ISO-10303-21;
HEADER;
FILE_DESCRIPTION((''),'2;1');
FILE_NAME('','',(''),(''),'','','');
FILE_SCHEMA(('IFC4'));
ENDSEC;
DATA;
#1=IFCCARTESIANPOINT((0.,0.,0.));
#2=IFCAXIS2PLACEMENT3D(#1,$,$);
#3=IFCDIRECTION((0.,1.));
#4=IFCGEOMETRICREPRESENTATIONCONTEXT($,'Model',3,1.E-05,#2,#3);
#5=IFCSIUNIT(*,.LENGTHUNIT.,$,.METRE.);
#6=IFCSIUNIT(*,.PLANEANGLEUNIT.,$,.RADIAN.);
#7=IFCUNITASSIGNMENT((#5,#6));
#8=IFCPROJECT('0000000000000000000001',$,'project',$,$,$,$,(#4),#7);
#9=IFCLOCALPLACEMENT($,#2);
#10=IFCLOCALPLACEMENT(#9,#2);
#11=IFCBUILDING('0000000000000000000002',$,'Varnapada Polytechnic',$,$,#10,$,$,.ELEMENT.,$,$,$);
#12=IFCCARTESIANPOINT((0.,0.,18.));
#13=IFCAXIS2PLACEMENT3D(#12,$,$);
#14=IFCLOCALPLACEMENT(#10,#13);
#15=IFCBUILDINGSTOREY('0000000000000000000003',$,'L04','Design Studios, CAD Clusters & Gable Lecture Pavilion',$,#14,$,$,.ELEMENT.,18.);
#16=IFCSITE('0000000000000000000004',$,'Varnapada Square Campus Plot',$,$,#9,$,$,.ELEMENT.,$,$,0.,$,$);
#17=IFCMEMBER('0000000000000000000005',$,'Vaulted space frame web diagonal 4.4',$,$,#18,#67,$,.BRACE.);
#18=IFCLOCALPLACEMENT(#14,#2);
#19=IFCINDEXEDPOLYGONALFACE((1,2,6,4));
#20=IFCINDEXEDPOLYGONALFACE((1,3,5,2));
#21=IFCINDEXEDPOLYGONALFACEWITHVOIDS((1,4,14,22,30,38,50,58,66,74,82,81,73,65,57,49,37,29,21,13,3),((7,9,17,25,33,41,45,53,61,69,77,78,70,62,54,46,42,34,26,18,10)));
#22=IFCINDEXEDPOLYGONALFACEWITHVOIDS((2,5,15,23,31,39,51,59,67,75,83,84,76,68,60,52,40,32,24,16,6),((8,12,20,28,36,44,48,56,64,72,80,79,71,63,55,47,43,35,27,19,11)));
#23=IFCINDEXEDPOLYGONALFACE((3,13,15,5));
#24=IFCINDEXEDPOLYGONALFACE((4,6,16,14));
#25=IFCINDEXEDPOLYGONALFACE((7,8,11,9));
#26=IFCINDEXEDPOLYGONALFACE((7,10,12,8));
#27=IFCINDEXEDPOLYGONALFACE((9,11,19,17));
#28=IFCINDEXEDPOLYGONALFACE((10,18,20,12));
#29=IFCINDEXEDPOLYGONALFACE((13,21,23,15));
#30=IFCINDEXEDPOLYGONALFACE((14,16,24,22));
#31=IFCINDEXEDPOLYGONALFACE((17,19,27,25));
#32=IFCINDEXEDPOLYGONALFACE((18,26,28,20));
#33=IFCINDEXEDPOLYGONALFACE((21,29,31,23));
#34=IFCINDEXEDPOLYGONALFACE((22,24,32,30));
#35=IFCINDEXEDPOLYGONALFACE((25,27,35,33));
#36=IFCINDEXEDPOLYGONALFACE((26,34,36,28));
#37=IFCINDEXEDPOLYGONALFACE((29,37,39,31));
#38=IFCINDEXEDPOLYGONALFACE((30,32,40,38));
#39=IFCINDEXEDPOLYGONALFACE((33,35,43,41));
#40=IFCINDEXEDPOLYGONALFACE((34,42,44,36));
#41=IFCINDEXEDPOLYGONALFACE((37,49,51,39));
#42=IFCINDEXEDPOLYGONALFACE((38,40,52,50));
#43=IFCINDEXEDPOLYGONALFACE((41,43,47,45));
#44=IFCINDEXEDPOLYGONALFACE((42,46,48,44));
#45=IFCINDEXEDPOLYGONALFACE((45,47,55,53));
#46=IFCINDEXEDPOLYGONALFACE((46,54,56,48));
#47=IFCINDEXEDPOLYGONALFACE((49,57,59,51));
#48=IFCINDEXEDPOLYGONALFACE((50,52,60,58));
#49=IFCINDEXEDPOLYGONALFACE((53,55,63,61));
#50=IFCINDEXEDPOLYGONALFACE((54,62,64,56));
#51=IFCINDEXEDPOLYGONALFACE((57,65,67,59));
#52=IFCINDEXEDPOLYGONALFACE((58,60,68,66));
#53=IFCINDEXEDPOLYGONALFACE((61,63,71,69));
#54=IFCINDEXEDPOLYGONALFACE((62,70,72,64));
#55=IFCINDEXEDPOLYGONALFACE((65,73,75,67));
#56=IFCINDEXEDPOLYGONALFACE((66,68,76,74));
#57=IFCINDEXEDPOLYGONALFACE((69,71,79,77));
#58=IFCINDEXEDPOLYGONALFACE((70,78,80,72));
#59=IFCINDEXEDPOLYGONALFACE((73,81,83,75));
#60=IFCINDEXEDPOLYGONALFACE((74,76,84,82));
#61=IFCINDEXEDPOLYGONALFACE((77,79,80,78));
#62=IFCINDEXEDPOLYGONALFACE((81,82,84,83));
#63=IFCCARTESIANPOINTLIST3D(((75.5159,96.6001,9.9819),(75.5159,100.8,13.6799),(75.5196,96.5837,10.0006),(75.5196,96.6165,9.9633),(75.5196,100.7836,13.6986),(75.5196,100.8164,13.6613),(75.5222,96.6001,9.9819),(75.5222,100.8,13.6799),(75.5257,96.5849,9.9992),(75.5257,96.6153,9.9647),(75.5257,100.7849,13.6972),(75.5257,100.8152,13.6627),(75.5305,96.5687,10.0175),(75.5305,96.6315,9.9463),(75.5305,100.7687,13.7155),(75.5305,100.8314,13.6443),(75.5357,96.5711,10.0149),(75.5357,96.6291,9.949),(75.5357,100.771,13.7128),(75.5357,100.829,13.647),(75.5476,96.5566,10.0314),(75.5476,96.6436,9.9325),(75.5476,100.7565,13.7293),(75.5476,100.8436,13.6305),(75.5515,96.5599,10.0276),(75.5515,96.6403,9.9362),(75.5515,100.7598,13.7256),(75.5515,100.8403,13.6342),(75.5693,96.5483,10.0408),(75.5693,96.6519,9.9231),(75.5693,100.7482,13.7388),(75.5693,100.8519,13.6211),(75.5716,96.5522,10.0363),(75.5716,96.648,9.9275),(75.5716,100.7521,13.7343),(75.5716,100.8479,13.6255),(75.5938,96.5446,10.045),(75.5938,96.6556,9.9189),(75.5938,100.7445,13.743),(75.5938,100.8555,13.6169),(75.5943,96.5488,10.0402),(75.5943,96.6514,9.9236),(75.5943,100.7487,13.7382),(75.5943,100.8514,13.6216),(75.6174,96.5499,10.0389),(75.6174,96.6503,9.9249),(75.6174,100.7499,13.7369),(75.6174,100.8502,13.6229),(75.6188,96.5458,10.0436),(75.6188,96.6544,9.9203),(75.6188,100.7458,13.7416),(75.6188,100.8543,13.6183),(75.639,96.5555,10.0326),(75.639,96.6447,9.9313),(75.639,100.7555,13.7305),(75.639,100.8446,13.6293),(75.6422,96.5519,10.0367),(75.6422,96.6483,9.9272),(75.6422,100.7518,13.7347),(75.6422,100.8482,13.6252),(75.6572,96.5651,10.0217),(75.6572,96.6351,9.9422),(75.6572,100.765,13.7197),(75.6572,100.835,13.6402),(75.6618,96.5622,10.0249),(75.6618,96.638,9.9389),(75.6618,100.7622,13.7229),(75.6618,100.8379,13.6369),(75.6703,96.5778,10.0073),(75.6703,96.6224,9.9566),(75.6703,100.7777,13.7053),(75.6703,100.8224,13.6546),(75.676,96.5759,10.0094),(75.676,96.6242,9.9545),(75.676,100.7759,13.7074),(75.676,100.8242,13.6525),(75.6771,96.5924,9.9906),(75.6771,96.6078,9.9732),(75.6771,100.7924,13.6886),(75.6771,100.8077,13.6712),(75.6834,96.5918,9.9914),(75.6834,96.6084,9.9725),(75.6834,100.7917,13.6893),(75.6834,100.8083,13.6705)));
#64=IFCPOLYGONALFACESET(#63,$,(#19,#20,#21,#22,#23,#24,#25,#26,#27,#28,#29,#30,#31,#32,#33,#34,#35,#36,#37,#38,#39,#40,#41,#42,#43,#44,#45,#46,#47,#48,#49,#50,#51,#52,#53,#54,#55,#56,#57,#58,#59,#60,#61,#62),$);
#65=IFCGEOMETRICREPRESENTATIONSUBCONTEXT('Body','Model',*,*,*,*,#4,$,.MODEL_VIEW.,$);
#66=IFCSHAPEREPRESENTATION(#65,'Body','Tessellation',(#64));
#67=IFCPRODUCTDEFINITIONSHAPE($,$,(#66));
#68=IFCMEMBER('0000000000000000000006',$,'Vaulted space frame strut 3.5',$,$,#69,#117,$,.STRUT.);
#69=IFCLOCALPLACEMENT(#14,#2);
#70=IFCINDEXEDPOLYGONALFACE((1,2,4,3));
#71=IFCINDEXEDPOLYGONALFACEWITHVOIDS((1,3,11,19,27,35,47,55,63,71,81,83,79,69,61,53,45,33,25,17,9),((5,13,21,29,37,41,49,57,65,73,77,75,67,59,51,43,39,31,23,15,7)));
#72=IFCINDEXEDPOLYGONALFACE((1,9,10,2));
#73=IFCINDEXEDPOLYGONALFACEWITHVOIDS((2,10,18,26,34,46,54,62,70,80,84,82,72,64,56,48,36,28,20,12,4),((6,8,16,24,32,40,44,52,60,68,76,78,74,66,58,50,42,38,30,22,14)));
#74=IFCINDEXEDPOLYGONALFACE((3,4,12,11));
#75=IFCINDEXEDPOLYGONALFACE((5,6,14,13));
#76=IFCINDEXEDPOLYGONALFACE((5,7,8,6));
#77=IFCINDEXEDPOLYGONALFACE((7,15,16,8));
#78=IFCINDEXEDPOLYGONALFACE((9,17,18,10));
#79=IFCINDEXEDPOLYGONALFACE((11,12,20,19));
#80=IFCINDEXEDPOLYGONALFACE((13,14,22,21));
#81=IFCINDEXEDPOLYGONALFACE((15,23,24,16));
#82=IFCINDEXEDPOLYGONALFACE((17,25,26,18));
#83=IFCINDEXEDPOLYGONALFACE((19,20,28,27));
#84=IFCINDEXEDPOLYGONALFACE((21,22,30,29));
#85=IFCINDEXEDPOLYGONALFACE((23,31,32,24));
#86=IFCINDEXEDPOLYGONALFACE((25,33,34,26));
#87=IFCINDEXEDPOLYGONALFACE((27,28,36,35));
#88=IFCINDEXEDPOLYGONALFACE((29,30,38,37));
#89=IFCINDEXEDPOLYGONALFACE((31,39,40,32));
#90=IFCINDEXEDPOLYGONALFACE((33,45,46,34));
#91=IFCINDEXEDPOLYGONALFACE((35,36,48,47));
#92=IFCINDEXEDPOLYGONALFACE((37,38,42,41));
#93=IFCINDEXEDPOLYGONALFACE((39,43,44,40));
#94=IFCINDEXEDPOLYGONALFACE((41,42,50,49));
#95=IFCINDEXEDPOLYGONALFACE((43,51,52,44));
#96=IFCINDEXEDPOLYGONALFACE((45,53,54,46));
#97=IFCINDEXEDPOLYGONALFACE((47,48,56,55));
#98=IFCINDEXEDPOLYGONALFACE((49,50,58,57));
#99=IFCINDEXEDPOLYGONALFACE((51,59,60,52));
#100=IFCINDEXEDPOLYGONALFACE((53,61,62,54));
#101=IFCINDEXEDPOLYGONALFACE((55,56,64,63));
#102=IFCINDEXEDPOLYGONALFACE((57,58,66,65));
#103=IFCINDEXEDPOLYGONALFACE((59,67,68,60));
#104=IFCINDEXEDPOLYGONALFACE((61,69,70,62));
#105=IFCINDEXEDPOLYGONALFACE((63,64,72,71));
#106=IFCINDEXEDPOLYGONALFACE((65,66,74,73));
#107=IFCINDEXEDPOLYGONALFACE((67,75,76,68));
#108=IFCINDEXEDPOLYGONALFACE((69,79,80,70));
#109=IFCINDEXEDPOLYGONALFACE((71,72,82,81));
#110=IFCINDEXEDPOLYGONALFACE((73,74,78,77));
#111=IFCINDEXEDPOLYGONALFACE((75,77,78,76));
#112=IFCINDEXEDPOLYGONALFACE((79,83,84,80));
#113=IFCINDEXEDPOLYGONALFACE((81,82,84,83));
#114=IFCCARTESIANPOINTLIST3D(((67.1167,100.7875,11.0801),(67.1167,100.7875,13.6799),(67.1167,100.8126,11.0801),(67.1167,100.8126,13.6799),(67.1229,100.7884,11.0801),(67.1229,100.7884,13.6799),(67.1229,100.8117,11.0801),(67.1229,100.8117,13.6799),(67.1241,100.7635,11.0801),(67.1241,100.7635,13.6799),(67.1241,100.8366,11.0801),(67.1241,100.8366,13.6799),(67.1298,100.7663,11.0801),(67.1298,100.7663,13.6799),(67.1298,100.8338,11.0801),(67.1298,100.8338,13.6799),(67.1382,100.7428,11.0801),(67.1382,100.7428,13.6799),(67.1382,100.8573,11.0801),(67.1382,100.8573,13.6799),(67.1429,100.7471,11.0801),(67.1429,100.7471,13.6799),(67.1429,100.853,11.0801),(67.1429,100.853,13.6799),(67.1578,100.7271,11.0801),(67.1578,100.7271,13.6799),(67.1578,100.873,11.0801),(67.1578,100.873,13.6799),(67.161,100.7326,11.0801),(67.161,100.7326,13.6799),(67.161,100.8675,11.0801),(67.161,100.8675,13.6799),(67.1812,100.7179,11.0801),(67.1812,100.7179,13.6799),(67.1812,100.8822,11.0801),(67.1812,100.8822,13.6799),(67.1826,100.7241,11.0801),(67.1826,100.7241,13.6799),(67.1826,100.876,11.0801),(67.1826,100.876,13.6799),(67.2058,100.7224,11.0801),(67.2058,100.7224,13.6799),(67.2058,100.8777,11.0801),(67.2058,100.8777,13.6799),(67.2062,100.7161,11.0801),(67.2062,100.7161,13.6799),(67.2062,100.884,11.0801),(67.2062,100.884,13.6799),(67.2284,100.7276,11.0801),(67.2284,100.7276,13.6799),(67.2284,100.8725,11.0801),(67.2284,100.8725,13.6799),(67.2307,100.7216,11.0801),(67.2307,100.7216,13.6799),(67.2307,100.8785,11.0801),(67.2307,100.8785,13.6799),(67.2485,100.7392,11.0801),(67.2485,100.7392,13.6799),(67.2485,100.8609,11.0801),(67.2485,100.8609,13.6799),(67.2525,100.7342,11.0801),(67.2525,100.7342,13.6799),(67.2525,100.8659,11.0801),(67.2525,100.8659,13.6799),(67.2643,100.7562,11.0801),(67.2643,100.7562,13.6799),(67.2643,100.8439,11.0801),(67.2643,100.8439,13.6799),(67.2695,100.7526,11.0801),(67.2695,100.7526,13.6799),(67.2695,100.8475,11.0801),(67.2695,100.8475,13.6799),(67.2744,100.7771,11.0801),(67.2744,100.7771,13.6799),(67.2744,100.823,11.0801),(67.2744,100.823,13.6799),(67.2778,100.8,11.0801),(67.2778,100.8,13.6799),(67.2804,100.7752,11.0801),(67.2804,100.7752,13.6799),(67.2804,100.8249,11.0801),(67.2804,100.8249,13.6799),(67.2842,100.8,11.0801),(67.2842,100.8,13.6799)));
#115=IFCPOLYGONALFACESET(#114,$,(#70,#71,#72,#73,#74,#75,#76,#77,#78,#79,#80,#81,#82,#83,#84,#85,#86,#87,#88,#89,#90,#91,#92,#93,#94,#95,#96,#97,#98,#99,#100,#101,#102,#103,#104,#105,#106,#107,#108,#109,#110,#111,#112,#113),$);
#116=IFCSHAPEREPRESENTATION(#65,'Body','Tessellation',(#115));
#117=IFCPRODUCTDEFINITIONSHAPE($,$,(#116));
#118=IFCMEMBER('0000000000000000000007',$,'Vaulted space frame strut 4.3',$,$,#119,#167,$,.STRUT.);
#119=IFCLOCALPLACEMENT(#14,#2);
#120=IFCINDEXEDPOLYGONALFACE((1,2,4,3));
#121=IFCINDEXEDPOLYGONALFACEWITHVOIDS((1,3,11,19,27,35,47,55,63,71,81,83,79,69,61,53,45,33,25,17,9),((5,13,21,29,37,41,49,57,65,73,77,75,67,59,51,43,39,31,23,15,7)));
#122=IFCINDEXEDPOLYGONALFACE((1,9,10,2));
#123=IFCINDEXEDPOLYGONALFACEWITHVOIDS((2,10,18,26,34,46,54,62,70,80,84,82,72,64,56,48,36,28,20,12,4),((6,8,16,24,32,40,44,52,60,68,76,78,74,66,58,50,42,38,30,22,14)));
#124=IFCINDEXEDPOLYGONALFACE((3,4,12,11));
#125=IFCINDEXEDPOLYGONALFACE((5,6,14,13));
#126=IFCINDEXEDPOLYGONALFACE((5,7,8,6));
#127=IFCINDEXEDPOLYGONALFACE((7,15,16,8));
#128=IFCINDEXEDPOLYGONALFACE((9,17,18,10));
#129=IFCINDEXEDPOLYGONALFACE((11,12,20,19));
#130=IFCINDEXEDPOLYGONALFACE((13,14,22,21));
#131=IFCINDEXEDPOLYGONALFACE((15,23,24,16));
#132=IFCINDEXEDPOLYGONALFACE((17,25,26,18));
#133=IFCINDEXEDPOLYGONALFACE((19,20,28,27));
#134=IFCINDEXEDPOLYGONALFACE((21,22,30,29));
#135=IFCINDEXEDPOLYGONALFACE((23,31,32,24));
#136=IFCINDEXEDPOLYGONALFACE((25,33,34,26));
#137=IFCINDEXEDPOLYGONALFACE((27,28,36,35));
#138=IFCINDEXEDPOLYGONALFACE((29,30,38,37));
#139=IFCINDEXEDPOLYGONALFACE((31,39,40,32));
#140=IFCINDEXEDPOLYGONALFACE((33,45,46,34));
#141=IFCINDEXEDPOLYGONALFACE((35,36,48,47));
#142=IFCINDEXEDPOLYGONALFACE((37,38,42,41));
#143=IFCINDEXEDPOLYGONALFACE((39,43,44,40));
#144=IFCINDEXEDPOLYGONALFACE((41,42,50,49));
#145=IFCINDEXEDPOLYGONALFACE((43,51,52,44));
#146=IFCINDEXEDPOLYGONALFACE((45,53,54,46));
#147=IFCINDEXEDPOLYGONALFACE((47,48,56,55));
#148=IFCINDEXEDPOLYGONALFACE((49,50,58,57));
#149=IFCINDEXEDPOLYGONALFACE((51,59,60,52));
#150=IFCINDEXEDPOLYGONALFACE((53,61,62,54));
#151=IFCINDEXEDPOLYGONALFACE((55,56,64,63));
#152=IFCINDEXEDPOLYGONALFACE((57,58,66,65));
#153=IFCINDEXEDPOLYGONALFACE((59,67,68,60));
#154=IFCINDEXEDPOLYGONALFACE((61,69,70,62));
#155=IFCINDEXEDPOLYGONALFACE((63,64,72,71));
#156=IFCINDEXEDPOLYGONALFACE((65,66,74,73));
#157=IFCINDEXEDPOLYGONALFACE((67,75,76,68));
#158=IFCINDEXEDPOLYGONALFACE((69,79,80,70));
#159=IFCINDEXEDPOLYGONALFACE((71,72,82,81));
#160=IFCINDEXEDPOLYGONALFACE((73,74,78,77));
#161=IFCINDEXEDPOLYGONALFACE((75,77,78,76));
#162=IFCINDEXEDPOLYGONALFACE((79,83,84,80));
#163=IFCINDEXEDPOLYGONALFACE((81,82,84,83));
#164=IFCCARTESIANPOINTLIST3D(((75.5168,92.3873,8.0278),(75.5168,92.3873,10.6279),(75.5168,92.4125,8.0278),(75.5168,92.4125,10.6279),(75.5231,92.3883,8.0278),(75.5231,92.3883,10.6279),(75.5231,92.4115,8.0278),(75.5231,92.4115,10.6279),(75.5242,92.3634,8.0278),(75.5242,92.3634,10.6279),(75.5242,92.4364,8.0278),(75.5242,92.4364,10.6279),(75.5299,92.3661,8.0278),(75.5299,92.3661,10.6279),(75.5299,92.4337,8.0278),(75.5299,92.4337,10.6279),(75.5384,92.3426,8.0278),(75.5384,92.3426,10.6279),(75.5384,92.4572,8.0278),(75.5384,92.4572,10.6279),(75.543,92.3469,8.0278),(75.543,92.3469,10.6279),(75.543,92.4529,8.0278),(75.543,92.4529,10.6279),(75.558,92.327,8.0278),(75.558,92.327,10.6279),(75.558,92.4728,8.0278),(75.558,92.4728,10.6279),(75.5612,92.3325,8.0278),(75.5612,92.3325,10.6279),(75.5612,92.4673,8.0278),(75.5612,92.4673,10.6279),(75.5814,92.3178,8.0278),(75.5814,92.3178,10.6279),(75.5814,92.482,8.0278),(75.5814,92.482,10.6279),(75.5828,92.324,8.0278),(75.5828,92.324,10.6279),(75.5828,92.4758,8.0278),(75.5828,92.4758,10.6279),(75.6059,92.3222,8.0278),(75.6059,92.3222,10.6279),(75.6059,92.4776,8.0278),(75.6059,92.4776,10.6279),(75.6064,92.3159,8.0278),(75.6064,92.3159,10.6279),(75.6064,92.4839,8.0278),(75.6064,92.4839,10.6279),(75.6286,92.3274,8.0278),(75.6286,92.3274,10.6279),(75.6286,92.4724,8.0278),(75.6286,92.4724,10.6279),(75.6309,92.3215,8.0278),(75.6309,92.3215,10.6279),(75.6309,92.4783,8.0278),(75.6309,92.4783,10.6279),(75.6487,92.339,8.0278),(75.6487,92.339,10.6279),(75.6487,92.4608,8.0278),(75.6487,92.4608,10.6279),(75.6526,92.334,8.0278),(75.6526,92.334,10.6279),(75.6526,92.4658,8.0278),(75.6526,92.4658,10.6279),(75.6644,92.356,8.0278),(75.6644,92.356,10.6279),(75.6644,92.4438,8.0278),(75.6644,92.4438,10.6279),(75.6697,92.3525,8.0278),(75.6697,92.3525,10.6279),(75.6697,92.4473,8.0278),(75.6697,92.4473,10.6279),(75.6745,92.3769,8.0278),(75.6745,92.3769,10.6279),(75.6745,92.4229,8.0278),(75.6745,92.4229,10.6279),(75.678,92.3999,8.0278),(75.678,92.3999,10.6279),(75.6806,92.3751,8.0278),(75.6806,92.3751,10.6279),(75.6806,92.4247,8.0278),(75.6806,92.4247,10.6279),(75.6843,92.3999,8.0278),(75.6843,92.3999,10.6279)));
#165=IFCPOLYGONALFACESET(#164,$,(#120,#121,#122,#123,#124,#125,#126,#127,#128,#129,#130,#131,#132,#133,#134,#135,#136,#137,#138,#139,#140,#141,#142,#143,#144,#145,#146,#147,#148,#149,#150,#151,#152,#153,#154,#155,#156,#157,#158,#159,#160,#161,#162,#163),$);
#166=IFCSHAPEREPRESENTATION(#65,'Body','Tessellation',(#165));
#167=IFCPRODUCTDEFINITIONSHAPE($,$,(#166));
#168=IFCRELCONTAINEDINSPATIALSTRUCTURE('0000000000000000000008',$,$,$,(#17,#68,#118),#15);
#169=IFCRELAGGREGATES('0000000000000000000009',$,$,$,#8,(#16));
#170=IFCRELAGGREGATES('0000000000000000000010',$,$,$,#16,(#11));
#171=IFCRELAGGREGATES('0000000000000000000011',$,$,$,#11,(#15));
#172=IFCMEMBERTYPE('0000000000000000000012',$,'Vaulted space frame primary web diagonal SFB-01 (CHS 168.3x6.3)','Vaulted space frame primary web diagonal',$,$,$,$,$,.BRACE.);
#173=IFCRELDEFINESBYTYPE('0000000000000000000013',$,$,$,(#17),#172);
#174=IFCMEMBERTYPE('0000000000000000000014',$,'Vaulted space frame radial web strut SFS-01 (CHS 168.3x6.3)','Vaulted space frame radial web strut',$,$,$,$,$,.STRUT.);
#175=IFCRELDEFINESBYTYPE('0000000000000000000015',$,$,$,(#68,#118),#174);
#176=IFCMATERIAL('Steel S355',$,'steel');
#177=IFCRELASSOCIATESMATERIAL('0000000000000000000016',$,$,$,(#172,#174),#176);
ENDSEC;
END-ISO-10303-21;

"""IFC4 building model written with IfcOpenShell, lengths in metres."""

from ifc_helpers import new_model, si_unit, direction, frame, origin, origin_2d, place, context, subcontext, project, spatial, hollow_circle, extrude, material, material_profile, profile_set, type_object, element, save


model = new_model("IFC4")

# Units and contexts
model_context = context("Model", 3, precision=1e-05, world=origin(), true_north=direction((0.0, 1.0)))
body_context = subcontext(model_context, "Body", "Model", "MODEL_VIEW")
ifc_project = project(units=[si_unit("LENGTHUNIT", "METRE"), si_unit("PLANEANGLEUNIT", "RADIAN")], contexts=[model_context])

# Site, building, storey
site_placement = place(None, origin())
site = spatial("IfcSite", under=ifc_project, at=site_placement, Name="Varnapada Square Campus Plot", CompositionType="ELEMENT", RefElevation=0.0)
building_placement = place(site_placement, origin())
building = spatial("IfcBuilding", under=site, at=building_placement, Name="Varnapada Polytechnic", CompositionType="ELEMENT")
storey_placement = place(building_placement, frame((0.0, 0.0, 18.0)))
storey = spatial("IfcBuildingStorey", under=building, at=storey_placement, Name="L04", Description="Design Studios, CAD Clusters & Gable Lecture Pavilion", CompositionType="ELEMENT", Elevation=18.0)

# Shared definitions
ifc_material = material(Name="Steel S355", Category="steel")

# Members
ifc_material_profile_1 = material_profile(ifc_material, hollow_circle(Radius=0.0842, WallThickness=0.0063, at=origin_2d()), Name="CHS 168.3x6.3")
ifc_profile_set_1 = profile_set([ifc_material_profile_1], Name="Steel S355")
member_type_1 = type_object("IfcMemberType", Name="Vaulted space frame primary web diagonal SFB-01 (CHS 168.3x6.3)", Description="Vaulted space frame primary web diagonal", PredefinedType="BRACE", material=ifc_profile_set_1)
member_1_placement = place(storey_placement, frame((75.6001, 96.6001, 9.9819), z_axis=(0.0, 0.750533, 0.660833), x_axis=(-1.0, 0.0, 0.0)))
element("IfcMember", 1, at=member_1_placement, inside=storey, type_object=member_type_1, Name="Vaulted space frame web diagonal 4.4", PredefinedType="BRACE", context=body_context, shape_type="SweptSolid", body=[
    extrude(hollow_circle(Radius=0.0842, WallThickness=0.0063, at=origin_2d()), origin(), (0.0, 0.0, 1.0), 5.5959),
])
ifc_material_profile_2 = material_profile(ifc_material, hollow_circle(Radius=0.0842, WallThickness=0.0063, at=origin_2d()), Name="CHS 168.3x6.3")
ifc_profile_set_2 = profile_set([ifc_material_profile_2], Name="Steel S355")
member_type_2 = type_object("IfcMemberType", Name="Vaulted space frame radial web strut SFS-01 (CHS 168.3x6.3)", Description="Vaulted space frame radial web strut", PredefinedType="STRUT", material=ifc_profile_set_2)
member_2_placement = place(storey_placement, frame((67.2, 100.8, 11.0801), z_axis=(0.0, 0.0, 1.0), x_axis=(1.0, 0.0, 0.0)))
element("IfcMember", 2, at=member_2_placement, inside=storey, type_object=member_type_2, Name="Vaulted space frame strut 3.5", PredefinedType="STRUT", context=body_context, shape_type="SweptSolid", body=[
    extrude(hollow_circle(Radius=0.0842, WallThickness=0.0063, at=origin_2d()), origin(), (0.0, 0.0, 1.0), 2.5999),
])
member_3_placement = place(storey_placement, frame((75.6001, 92.3999, 8.0278), z_axis=(0.0, 0.0, 1.0), x_axis=(1.0, 0.0, 0.0)))
element("IfcMember", 3, at=member_3_placement, inside=storey, type_object=member_type_2, Name="Vaulted space frame strut 4.3", PredefinedType="STRUT", context=body_context, shape_type="SweptSolid", body=[
    extrude(hollow_circle(Radius=0.0842, WallThickness=0.0063, at=origin_2d()), origin(), (0.0, 0.0, 1.0), 2.6001),
])

save(model, "model.ifc")
